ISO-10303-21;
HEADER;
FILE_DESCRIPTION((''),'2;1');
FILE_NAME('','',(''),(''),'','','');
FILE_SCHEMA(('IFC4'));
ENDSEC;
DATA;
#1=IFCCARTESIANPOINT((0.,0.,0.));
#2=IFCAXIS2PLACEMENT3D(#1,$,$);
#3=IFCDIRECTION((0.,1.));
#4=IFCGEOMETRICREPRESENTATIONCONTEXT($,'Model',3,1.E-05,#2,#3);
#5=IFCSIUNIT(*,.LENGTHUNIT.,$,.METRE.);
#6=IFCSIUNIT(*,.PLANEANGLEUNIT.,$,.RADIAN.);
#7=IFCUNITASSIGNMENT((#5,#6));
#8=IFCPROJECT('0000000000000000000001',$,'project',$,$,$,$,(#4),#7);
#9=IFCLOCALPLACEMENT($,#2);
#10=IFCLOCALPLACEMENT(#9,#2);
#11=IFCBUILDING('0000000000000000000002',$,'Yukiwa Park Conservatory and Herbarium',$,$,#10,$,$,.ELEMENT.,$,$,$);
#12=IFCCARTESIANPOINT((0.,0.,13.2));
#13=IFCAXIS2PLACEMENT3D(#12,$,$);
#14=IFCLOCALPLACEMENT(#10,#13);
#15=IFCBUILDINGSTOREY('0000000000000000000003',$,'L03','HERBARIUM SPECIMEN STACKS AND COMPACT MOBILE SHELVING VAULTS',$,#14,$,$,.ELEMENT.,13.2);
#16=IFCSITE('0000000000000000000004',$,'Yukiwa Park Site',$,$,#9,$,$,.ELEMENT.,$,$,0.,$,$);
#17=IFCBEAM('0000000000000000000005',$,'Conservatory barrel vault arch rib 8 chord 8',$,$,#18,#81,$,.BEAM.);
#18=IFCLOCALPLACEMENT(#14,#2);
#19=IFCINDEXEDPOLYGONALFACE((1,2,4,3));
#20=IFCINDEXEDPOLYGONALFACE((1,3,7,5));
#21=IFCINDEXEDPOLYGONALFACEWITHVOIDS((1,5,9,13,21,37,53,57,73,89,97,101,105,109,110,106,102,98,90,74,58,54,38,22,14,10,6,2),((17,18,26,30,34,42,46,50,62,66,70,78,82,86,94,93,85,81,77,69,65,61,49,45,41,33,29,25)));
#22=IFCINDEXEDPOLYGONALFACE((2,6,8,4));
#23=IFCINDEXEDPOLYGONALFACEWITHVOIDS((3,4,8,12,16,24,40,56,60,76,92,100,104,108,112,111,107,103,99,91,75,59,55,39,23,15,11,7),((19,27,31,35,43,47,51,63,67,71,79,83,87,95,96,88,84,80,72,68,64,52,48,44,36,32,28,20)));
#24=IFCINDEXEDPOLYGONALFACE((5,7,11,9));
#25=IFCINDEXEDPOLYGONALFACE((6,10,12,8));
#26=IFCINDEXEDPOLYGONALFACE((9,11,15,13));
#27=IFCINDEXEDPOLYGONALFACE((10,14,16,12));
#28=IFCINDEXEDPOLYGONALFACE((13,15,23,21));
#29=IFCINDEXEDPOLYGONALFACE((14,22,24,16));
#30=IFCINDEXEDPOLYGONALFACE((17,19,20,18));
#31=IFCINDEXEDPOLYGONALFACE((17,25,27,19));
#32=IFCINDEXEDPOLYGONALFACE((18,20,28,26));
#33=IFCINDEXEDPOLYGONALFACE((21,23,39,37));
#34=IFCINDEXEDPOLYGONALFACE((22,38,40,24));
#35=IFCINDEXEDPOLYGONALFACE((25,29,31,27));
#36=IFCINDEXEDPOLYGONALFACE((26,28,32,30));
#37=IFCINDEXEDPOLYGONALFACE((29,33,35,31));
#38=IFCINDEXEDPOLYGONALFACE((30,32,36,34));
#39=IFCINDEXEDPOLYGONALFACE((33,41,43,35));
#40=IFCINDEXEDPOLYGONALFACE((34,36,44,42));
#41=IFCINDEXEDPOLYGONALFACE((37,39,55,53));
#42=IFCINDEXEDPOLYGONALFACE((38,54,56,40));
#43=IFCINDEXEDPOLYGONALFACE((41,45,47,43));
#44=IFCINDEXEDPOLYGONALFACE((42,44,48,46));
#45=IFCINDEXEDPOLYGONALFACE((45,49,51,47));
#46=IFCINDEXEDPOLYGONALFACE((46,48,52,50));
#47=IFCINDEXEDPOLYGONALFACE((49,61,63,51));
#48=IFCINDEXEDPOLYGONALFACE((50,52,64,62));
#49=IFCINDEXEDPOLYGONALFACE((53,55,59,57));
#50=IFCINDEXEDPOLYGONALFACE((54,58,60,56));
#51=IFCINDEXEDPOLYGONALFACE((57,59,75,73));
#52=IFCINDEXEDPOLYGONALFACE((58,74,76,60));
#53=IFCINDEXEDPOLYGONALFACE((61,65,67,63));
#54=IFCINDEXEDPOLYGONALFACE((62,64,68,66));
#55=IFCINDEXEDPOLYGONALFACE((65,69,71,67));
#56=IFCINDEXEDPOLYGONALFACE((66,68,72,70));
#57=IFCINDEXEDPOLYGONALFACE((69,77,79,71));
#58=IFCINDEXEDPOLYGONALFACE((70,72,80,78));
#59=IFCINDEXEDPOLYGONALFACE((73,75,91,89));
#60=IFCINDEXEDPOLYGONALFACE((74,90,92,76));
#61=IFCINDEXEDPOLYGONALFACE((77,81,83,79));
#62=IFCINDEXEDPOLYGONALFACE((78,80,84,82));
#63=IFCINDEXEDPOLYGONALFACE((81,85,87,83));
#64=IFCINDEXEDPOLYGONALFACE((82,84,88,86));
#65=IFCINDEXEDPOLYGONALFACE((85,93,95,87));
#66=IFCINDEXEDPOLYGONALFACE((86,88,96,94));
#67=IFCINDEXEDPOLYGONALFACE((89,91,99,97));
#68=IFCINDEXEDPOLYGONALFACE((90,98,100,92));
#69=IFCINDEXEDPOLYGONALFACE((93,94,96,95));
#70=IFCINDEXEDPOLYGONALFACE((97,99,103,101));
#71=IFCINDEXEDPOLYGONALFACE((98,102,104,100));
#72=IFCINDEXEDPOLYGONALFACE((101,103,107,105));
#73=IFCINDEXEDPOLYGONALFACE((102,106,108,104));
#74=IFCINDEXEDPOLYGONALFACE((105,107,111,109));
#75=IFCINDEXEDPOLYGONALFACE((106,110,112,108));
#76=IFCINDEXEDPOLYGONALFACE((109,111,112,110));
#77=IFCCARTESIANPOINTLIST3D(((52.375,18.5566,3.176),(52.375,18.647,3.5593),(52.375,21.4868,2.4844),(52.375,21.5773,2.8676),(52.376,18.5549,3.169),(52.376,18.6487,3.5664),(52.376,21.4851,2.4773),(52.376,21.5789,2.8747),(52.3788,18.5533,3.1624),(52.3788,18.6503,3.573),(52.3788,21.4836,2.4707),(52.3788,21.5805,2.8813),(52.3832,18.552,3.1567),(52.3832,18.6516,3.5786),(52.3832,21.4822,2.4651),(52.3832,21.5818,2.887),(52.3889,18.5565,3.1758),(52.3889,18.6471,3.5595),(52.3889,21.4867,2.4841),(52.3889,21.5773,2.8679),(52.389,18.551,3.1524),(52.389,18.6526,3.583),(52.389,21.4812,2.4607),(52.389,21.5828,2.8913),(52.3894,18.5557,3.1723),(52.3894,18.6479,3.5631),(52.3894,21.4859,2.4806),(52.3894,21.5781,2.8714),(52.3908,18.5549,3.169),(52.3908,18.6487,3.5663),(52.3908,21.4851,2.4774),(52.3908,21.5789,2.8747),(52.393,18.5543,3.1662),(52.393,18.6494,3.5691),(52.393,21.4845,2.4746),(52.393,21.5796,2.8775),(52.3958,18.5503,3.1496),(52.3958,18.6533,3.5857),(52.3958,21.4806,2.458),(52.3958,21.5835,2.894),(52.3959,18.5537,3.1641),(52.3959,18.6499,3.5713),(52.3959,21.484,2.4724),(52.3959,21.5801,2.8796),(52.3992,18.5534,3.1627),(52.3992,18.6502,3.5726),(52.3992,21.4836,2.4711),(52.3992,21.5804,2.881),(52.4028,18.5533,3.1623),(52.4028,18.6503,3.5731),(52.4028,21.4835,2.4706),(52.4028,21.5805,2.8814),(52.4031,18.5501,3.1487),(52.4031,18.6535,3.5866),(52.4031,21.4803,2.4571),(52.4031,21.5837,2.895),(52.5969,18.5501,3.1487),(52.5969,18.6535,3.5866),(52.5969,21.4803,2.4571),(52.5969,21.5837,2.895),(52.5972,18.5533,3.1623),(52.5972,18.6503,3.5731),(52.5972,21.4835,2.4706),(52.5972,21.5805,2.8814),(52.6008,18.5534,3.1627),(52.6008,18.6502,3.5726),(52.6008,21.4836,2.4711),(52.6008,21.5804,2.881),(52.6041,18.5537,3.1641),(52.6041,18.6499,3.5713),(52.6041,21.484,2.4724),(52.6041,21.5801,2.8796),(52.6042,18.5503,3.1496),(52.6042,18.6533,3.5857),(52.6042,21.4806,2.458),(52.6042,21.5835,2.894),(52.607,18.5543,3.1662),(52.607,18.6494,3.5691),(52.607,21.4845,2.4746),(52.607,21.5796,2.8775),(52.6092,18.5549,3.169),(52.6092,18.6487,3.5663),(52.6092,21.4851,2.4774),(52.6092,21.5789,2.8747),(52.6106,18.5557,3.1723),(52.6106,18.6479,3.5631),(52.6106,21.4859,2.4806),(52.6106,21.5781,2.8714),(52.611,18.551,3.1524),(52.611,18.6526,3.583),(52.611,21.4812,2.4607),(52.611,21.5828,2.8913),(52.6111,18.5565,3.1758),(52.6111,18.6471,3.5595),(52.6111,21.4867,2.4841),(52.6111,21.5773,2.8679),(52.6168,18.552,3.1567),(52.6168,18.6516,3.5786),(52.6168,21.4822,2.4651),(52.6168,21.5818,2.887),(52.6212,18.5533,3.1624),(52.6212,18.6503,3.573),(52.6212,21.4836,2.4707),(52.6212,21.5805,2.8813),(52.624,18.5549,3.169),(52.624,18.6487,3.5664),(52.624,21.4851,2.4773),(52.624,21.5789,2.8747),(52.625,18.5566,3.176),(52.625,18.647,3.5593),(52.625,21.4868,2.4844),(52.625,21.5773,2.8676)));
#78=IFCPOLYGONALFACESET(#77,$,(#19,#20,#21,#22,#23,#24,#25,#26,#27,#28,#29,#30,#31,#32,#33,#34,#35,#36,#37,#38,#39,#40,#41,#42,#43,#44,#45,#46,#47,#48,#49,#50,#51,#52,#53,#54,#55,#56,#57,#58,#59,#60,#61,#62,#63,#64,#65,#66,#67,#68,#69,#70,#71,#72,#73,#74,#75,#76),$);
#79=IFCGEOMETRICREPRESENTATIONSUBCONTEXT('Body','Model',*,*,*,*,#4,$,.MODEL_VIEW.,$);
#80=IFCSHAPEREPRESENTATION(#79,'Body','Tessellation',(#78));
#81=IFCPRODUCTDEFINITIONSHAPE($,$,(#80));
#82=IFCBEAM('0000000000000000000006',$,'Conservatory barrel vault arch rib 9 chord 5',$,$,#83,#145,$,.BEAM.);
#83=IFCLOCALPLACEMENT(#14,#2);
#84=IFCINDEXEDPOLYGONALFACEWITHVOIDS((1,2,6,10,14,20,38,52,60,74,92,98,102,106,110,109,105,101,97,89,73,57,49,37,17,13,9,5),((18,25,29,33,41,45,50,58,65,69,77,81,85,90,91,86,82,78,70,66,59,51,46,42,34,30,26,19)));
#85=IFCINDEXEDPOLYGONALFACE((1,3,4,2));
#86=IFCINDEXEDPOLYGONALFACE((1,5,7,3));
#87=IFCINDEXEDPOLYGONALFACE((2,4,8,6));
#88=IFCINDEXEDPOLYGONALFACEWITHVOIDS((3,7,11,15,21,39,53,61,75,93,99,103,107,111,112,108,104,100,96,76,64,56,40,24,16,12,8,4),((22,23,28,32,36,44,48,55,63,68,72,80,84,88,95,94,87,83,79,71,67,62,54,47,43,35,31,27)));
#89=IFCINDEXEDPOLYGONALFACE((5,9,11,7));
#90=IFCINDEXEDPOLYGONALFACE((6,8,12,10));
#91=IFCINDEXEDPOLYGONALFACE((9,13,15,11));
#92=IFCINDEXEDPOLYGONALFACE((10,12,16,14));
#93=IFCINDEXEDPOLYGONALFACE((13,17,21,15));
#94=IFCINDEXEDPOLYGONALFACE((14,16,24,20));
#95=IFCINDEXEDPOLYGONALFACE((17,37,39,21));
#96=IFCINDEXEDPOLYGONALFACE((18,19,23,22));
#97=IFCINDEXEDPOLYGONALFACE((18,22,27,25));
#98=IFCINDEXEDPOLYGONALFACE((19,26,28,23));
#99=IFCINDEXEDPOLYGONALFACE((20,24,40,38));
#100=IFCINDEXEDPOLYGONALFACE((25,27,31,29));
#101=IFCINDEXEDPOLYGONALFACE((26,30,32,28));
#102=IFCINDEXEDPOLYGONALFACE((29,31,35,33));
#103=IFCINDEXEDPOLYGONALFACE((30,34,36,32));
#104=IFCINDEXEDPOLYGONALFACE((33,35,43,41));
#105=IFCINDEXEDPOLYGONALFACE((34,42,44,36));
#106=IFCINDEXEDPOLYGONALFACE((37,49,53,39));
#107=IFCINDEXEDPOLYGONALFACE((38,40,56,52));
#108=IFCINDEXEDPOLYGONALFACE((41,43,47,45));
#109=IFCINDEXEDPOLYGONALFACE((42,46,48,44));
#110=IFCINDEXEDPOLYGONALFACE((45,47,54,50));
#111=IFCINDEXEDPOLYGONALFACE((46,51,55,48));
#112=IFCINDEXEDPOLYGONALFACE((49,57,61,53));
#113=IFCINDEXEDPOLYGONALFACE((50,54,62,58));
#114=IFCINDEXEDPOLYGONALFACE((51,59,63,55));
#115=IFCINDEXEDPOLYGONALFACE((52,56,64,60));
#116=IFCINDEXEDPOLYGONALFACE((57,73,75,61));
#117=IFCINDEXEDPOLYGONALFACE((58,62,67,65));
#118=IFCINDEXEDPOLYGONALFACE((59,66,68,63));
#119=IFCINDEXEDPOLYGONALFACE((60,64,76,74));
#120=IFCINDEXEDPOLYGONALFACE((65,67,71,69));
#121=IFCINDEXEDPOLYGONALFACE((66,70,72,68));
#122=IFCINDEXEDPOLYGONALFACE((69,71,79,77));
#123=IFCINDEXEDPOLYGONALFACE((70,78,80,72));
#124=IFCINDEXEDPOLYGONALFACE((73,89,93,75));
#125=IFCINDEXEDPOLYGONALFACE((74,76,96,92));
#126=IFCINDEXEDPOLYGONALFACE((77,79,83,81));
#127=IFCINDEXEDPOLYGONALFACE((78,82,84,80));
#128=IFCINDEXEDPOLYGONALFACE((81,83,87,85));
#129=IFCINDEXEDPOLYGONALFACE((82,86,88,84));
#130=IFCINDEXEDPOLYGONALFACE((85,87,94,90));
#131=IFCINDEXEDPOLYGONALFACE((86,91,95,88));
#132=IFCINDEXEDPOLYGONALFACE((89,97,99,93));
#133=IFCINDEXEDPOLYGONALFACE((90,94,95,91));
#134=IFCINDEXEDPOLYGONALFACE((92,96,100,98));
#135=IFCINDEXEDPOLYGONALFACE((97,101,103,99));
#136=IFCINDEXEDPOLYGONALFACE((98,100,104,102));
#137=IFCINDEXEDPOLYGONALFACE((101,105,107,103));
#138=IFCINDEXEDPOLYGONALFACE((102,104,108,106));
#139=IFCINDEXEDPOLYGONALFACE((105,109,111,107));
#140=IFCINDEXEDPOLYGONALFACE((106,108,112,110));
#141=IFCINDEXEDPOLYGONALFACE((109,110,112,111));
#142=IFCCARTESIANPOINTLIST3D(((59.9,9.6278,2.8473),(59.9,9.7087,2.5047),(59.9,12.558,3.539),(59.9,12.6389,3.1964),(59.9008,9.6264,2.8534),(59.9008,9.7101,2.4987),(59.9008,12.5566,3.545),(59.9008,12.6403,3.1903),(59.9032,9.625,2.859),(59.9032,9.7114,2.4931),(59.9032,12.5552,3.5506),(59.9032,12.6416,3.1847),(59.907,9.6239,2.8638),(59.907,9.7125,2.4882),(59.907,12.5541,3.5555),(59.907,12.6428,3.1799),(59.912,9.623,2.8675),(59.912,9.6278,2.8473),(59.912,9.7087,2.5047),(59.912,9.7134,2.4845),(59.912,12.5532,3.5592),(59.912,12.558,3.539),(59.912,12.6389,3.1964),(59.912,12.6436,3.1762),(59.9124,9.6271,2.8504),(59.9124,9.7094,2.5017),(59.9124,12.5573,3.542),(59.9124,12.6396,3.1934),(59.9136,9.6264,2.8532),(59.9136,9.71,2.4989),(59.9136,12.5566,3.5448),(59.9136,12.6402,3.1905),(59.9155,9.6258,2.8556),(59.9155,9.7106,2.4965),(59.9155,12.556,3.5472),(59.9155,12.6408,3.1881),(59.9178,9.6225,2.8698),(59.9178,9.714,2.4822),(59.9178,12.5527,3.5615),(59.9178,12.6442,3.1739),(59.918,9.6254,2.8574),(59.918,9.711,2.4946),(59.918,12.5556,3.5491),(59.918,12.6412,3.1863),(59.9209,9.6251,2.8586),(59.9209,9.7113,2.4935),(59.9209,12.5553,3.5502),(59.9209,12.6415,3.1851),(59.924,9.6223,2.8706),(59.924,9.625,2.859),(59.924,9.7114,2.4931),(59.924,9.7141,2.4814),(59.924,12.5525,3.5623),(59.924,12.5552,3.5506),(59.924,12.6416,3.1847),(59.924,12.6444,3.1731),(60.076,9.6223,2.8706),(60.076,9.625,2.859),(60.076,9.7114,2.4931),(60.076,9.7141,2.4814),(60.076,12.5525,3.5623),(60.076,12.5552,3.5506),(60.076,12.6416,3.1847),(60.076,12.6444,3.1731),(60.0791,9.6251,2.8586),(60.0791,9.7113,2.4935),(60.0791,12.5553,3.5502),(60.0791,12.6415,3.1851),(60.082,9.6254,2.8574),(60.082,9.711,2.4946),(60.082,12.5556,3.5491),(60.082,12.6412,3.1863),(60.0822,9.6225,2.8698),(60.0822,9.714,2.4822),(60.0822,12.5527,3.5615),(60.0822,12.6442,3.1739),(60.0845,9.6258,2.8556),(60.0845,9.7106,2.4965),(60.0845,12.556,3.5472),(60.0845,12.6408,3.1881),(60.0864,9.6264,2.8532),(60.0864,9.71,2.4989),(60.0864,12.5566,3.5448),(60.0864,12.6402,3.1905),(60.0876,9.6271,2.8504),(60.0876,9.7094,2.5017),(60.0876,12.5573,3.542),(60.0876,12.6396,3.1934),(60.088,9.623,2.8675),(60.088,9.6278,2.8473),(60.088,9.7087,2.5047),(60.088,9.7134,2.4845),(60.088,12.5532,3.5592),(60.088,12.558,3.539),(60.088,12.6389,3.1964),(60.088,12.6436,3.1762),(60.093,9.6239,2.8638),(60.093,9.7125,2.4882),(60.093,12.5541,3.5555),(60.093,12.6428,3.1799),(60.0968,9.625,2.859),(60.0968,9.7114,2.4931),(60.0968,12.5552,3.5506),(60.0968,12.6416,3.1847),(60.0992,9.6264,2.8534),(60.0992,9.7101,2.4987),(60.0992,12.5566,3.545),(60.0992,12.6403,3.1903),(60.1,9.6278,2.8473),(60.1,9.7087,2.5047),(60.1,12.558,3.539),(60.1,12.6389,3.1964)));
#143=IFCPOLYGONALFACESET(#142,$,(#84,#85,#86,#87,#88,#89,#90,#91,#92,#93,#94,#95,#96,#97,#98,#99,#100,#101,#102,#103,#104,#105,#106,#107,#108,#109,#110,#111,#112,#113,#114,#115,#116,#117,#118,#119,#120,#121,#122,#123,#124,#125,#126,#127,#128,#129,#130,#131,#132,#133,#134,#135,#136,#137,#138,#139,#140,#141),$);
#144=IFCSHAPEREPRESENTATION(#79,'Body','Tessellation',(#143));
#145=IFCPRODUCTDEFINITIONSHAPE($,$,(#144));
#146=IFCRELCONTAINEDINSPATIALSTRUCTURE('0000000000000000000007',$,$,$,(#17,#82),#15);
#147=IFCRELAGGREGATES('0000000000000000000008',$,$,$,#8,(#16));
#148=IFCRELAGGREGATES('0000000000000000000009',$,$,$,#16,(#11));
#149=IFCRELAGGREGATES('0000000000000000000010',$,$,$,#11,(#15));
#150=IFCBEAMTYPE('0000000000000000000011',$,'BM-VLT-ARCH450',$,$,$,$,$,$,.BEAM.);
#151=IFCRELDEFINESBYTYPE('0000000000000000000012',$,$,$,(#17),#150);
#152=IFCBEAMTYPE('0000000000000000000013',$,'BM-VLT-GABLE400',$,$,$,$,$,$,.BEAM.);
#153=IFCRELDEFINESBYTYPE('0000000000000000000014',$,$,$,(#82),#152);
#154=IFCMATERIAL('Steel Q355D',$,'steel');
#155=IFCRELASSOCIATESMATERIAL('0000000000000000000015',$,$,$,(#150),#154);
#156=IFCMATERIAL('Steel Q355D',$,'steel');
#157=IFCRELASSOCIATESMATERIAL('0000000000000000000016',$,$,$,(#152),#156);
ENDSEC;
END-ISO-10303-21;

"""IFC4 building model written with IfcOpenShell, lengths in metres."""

from ifc_helpers import new_model, si_unit, direction, frame, origin, origin_2d, place, context, subcontext, project, spatial, hollow_rectangle, extrude, material, material_profile, profile_set, type_object, element, save


model = new_model("IFC4")

# Units and contexts
model_context = context("Model", 3, precision=1e-05, world=origin(), true_north=direction((0.0, 1.0)))
body_context = subcontext(model_context, "Body", "Model", "MODEL_VIEW")
ifc_project = project(units=[si_unit("LENGTHUNIT", "METRE"), si_unit("PLANEANGLEUNIT", "RADIAN")], contexts=[model_context])

# Site, building, storey
site_placement = place(None, origin())
site = spatial("IfcSite", under=ifc_project, at=site_placement, Name="Yukiwa Park Site", CompositionType="ELEMENT", RefElevation=0.0)
building_placement = place(site_placement, origin())
building = spatial("IfcBuilding", under=site, at=building_placement, Name="Yukiwa Park Conservatory and Herbarium", CompositionType="ELEMENT")
storey_placement = place(building_placement, frame((0.0, 0.0, 13.2)))
storey = spatial("IfcBuildingStorey", under=building, at=storey_placement, Name="L03", Description="HERBARIUM SPECIMEN STACKS AND COMPACT MOBILE SHELVING VAULTS", CompositionType="ELEMENT", Elevation=13.2)

# Beams
ifc_material_1 = material(Name="Steel Q355D", Category="steel")
ifc_material_profile_1 = material_profile(ifc_material_1, hollow_rectangle(XDim=0.25, YDim=0.45, WallThickness=0.0139, InnerFilletRadius=0.0139, OuterFilletRadius=0.0281, at=origin_2d()), Name="RHS 450x250x14")
ifc_profile_set_1 = profile_set([ifc_material_profile_1], Name="Steel Q355D")
beam_type_1 = type_object("IfcBeamType", Name="BM-VLT-ARCH450", PredefinedType="BEAM", material=ifc_profile_set_1)
beam_placement = place(storey_placement, frame((52.5, 18.6018, 3.3677), z_axis=(0.0, 0.973254, -0.229731), x_axis=(-1.0, 0.0, 0.0)))
element("IfcBeam", 1, at=beam_placement, inside=storey, type_object=beam_type_1, Name="Conservatory barrel vault arch rib 8 chord 8", PredefinedType="BEAM", context=body_context, shape_type="SweptSolid", body=[
    extrude(hollow_rectangle(XDim=0.25, YDim=0.45, WallThickness=0.0139, InnerFilletRadius=0.0139, OuterFilletRadius=0.0281, at=origin_2d()), origin(), (0.0, 0.0, 1.0), 3.0107),
])
ifc_material_2 = material(Name="Steel Q355D", Category="steel")
ifc_material_profile_2 = material_profile(ifc_material_2, hollow_rectangle(XDim=0.2, YDim=0.3999, WallThickness=0.012, InnerFilletRadius=0.012, OuterFilletRadius=0.0239, at=origin_2d()), Name="RHS 400x200x12")
ifc_profile_set_2 = profile_set([ifc_material_profile_2], Name="Steel Q355D")
beam_type_2 = type_object("IfcBeamType", Name="BM-VLT-GABLE400", PredefinedType="BEAM", material=ifc_profile_set_2)
for number, where, z_axis, x_axis, name in (
    (2, (60.0, 9.6682, 2.676), (0.0, 0.973254, 0.229731), (-1.0, 0.0, 0.0), "Conservatory barrel vault arch rib 9 chord 5"),
):
    element("IfcBeam", number, at=place(storey_placement, frame(where, z_axis=z_axis, x_axis=x_axis)), inside=storey, type_object=beam_type_2, Name=name, PredefinedType="BEAM", context=body_context, shape_type="SweptSolid", body=[
        extrude(hollow_rectangle(XDim=0.2, YDim=0.3999, WallThickness=0.012, InnerFilletRadius=0.012, OuterFilletRadius=0.0239, at=origin_2d()), origin(), (0.0, 0.0, 1.0), 3.0107),
    ])

save(model, "model.ifc")
